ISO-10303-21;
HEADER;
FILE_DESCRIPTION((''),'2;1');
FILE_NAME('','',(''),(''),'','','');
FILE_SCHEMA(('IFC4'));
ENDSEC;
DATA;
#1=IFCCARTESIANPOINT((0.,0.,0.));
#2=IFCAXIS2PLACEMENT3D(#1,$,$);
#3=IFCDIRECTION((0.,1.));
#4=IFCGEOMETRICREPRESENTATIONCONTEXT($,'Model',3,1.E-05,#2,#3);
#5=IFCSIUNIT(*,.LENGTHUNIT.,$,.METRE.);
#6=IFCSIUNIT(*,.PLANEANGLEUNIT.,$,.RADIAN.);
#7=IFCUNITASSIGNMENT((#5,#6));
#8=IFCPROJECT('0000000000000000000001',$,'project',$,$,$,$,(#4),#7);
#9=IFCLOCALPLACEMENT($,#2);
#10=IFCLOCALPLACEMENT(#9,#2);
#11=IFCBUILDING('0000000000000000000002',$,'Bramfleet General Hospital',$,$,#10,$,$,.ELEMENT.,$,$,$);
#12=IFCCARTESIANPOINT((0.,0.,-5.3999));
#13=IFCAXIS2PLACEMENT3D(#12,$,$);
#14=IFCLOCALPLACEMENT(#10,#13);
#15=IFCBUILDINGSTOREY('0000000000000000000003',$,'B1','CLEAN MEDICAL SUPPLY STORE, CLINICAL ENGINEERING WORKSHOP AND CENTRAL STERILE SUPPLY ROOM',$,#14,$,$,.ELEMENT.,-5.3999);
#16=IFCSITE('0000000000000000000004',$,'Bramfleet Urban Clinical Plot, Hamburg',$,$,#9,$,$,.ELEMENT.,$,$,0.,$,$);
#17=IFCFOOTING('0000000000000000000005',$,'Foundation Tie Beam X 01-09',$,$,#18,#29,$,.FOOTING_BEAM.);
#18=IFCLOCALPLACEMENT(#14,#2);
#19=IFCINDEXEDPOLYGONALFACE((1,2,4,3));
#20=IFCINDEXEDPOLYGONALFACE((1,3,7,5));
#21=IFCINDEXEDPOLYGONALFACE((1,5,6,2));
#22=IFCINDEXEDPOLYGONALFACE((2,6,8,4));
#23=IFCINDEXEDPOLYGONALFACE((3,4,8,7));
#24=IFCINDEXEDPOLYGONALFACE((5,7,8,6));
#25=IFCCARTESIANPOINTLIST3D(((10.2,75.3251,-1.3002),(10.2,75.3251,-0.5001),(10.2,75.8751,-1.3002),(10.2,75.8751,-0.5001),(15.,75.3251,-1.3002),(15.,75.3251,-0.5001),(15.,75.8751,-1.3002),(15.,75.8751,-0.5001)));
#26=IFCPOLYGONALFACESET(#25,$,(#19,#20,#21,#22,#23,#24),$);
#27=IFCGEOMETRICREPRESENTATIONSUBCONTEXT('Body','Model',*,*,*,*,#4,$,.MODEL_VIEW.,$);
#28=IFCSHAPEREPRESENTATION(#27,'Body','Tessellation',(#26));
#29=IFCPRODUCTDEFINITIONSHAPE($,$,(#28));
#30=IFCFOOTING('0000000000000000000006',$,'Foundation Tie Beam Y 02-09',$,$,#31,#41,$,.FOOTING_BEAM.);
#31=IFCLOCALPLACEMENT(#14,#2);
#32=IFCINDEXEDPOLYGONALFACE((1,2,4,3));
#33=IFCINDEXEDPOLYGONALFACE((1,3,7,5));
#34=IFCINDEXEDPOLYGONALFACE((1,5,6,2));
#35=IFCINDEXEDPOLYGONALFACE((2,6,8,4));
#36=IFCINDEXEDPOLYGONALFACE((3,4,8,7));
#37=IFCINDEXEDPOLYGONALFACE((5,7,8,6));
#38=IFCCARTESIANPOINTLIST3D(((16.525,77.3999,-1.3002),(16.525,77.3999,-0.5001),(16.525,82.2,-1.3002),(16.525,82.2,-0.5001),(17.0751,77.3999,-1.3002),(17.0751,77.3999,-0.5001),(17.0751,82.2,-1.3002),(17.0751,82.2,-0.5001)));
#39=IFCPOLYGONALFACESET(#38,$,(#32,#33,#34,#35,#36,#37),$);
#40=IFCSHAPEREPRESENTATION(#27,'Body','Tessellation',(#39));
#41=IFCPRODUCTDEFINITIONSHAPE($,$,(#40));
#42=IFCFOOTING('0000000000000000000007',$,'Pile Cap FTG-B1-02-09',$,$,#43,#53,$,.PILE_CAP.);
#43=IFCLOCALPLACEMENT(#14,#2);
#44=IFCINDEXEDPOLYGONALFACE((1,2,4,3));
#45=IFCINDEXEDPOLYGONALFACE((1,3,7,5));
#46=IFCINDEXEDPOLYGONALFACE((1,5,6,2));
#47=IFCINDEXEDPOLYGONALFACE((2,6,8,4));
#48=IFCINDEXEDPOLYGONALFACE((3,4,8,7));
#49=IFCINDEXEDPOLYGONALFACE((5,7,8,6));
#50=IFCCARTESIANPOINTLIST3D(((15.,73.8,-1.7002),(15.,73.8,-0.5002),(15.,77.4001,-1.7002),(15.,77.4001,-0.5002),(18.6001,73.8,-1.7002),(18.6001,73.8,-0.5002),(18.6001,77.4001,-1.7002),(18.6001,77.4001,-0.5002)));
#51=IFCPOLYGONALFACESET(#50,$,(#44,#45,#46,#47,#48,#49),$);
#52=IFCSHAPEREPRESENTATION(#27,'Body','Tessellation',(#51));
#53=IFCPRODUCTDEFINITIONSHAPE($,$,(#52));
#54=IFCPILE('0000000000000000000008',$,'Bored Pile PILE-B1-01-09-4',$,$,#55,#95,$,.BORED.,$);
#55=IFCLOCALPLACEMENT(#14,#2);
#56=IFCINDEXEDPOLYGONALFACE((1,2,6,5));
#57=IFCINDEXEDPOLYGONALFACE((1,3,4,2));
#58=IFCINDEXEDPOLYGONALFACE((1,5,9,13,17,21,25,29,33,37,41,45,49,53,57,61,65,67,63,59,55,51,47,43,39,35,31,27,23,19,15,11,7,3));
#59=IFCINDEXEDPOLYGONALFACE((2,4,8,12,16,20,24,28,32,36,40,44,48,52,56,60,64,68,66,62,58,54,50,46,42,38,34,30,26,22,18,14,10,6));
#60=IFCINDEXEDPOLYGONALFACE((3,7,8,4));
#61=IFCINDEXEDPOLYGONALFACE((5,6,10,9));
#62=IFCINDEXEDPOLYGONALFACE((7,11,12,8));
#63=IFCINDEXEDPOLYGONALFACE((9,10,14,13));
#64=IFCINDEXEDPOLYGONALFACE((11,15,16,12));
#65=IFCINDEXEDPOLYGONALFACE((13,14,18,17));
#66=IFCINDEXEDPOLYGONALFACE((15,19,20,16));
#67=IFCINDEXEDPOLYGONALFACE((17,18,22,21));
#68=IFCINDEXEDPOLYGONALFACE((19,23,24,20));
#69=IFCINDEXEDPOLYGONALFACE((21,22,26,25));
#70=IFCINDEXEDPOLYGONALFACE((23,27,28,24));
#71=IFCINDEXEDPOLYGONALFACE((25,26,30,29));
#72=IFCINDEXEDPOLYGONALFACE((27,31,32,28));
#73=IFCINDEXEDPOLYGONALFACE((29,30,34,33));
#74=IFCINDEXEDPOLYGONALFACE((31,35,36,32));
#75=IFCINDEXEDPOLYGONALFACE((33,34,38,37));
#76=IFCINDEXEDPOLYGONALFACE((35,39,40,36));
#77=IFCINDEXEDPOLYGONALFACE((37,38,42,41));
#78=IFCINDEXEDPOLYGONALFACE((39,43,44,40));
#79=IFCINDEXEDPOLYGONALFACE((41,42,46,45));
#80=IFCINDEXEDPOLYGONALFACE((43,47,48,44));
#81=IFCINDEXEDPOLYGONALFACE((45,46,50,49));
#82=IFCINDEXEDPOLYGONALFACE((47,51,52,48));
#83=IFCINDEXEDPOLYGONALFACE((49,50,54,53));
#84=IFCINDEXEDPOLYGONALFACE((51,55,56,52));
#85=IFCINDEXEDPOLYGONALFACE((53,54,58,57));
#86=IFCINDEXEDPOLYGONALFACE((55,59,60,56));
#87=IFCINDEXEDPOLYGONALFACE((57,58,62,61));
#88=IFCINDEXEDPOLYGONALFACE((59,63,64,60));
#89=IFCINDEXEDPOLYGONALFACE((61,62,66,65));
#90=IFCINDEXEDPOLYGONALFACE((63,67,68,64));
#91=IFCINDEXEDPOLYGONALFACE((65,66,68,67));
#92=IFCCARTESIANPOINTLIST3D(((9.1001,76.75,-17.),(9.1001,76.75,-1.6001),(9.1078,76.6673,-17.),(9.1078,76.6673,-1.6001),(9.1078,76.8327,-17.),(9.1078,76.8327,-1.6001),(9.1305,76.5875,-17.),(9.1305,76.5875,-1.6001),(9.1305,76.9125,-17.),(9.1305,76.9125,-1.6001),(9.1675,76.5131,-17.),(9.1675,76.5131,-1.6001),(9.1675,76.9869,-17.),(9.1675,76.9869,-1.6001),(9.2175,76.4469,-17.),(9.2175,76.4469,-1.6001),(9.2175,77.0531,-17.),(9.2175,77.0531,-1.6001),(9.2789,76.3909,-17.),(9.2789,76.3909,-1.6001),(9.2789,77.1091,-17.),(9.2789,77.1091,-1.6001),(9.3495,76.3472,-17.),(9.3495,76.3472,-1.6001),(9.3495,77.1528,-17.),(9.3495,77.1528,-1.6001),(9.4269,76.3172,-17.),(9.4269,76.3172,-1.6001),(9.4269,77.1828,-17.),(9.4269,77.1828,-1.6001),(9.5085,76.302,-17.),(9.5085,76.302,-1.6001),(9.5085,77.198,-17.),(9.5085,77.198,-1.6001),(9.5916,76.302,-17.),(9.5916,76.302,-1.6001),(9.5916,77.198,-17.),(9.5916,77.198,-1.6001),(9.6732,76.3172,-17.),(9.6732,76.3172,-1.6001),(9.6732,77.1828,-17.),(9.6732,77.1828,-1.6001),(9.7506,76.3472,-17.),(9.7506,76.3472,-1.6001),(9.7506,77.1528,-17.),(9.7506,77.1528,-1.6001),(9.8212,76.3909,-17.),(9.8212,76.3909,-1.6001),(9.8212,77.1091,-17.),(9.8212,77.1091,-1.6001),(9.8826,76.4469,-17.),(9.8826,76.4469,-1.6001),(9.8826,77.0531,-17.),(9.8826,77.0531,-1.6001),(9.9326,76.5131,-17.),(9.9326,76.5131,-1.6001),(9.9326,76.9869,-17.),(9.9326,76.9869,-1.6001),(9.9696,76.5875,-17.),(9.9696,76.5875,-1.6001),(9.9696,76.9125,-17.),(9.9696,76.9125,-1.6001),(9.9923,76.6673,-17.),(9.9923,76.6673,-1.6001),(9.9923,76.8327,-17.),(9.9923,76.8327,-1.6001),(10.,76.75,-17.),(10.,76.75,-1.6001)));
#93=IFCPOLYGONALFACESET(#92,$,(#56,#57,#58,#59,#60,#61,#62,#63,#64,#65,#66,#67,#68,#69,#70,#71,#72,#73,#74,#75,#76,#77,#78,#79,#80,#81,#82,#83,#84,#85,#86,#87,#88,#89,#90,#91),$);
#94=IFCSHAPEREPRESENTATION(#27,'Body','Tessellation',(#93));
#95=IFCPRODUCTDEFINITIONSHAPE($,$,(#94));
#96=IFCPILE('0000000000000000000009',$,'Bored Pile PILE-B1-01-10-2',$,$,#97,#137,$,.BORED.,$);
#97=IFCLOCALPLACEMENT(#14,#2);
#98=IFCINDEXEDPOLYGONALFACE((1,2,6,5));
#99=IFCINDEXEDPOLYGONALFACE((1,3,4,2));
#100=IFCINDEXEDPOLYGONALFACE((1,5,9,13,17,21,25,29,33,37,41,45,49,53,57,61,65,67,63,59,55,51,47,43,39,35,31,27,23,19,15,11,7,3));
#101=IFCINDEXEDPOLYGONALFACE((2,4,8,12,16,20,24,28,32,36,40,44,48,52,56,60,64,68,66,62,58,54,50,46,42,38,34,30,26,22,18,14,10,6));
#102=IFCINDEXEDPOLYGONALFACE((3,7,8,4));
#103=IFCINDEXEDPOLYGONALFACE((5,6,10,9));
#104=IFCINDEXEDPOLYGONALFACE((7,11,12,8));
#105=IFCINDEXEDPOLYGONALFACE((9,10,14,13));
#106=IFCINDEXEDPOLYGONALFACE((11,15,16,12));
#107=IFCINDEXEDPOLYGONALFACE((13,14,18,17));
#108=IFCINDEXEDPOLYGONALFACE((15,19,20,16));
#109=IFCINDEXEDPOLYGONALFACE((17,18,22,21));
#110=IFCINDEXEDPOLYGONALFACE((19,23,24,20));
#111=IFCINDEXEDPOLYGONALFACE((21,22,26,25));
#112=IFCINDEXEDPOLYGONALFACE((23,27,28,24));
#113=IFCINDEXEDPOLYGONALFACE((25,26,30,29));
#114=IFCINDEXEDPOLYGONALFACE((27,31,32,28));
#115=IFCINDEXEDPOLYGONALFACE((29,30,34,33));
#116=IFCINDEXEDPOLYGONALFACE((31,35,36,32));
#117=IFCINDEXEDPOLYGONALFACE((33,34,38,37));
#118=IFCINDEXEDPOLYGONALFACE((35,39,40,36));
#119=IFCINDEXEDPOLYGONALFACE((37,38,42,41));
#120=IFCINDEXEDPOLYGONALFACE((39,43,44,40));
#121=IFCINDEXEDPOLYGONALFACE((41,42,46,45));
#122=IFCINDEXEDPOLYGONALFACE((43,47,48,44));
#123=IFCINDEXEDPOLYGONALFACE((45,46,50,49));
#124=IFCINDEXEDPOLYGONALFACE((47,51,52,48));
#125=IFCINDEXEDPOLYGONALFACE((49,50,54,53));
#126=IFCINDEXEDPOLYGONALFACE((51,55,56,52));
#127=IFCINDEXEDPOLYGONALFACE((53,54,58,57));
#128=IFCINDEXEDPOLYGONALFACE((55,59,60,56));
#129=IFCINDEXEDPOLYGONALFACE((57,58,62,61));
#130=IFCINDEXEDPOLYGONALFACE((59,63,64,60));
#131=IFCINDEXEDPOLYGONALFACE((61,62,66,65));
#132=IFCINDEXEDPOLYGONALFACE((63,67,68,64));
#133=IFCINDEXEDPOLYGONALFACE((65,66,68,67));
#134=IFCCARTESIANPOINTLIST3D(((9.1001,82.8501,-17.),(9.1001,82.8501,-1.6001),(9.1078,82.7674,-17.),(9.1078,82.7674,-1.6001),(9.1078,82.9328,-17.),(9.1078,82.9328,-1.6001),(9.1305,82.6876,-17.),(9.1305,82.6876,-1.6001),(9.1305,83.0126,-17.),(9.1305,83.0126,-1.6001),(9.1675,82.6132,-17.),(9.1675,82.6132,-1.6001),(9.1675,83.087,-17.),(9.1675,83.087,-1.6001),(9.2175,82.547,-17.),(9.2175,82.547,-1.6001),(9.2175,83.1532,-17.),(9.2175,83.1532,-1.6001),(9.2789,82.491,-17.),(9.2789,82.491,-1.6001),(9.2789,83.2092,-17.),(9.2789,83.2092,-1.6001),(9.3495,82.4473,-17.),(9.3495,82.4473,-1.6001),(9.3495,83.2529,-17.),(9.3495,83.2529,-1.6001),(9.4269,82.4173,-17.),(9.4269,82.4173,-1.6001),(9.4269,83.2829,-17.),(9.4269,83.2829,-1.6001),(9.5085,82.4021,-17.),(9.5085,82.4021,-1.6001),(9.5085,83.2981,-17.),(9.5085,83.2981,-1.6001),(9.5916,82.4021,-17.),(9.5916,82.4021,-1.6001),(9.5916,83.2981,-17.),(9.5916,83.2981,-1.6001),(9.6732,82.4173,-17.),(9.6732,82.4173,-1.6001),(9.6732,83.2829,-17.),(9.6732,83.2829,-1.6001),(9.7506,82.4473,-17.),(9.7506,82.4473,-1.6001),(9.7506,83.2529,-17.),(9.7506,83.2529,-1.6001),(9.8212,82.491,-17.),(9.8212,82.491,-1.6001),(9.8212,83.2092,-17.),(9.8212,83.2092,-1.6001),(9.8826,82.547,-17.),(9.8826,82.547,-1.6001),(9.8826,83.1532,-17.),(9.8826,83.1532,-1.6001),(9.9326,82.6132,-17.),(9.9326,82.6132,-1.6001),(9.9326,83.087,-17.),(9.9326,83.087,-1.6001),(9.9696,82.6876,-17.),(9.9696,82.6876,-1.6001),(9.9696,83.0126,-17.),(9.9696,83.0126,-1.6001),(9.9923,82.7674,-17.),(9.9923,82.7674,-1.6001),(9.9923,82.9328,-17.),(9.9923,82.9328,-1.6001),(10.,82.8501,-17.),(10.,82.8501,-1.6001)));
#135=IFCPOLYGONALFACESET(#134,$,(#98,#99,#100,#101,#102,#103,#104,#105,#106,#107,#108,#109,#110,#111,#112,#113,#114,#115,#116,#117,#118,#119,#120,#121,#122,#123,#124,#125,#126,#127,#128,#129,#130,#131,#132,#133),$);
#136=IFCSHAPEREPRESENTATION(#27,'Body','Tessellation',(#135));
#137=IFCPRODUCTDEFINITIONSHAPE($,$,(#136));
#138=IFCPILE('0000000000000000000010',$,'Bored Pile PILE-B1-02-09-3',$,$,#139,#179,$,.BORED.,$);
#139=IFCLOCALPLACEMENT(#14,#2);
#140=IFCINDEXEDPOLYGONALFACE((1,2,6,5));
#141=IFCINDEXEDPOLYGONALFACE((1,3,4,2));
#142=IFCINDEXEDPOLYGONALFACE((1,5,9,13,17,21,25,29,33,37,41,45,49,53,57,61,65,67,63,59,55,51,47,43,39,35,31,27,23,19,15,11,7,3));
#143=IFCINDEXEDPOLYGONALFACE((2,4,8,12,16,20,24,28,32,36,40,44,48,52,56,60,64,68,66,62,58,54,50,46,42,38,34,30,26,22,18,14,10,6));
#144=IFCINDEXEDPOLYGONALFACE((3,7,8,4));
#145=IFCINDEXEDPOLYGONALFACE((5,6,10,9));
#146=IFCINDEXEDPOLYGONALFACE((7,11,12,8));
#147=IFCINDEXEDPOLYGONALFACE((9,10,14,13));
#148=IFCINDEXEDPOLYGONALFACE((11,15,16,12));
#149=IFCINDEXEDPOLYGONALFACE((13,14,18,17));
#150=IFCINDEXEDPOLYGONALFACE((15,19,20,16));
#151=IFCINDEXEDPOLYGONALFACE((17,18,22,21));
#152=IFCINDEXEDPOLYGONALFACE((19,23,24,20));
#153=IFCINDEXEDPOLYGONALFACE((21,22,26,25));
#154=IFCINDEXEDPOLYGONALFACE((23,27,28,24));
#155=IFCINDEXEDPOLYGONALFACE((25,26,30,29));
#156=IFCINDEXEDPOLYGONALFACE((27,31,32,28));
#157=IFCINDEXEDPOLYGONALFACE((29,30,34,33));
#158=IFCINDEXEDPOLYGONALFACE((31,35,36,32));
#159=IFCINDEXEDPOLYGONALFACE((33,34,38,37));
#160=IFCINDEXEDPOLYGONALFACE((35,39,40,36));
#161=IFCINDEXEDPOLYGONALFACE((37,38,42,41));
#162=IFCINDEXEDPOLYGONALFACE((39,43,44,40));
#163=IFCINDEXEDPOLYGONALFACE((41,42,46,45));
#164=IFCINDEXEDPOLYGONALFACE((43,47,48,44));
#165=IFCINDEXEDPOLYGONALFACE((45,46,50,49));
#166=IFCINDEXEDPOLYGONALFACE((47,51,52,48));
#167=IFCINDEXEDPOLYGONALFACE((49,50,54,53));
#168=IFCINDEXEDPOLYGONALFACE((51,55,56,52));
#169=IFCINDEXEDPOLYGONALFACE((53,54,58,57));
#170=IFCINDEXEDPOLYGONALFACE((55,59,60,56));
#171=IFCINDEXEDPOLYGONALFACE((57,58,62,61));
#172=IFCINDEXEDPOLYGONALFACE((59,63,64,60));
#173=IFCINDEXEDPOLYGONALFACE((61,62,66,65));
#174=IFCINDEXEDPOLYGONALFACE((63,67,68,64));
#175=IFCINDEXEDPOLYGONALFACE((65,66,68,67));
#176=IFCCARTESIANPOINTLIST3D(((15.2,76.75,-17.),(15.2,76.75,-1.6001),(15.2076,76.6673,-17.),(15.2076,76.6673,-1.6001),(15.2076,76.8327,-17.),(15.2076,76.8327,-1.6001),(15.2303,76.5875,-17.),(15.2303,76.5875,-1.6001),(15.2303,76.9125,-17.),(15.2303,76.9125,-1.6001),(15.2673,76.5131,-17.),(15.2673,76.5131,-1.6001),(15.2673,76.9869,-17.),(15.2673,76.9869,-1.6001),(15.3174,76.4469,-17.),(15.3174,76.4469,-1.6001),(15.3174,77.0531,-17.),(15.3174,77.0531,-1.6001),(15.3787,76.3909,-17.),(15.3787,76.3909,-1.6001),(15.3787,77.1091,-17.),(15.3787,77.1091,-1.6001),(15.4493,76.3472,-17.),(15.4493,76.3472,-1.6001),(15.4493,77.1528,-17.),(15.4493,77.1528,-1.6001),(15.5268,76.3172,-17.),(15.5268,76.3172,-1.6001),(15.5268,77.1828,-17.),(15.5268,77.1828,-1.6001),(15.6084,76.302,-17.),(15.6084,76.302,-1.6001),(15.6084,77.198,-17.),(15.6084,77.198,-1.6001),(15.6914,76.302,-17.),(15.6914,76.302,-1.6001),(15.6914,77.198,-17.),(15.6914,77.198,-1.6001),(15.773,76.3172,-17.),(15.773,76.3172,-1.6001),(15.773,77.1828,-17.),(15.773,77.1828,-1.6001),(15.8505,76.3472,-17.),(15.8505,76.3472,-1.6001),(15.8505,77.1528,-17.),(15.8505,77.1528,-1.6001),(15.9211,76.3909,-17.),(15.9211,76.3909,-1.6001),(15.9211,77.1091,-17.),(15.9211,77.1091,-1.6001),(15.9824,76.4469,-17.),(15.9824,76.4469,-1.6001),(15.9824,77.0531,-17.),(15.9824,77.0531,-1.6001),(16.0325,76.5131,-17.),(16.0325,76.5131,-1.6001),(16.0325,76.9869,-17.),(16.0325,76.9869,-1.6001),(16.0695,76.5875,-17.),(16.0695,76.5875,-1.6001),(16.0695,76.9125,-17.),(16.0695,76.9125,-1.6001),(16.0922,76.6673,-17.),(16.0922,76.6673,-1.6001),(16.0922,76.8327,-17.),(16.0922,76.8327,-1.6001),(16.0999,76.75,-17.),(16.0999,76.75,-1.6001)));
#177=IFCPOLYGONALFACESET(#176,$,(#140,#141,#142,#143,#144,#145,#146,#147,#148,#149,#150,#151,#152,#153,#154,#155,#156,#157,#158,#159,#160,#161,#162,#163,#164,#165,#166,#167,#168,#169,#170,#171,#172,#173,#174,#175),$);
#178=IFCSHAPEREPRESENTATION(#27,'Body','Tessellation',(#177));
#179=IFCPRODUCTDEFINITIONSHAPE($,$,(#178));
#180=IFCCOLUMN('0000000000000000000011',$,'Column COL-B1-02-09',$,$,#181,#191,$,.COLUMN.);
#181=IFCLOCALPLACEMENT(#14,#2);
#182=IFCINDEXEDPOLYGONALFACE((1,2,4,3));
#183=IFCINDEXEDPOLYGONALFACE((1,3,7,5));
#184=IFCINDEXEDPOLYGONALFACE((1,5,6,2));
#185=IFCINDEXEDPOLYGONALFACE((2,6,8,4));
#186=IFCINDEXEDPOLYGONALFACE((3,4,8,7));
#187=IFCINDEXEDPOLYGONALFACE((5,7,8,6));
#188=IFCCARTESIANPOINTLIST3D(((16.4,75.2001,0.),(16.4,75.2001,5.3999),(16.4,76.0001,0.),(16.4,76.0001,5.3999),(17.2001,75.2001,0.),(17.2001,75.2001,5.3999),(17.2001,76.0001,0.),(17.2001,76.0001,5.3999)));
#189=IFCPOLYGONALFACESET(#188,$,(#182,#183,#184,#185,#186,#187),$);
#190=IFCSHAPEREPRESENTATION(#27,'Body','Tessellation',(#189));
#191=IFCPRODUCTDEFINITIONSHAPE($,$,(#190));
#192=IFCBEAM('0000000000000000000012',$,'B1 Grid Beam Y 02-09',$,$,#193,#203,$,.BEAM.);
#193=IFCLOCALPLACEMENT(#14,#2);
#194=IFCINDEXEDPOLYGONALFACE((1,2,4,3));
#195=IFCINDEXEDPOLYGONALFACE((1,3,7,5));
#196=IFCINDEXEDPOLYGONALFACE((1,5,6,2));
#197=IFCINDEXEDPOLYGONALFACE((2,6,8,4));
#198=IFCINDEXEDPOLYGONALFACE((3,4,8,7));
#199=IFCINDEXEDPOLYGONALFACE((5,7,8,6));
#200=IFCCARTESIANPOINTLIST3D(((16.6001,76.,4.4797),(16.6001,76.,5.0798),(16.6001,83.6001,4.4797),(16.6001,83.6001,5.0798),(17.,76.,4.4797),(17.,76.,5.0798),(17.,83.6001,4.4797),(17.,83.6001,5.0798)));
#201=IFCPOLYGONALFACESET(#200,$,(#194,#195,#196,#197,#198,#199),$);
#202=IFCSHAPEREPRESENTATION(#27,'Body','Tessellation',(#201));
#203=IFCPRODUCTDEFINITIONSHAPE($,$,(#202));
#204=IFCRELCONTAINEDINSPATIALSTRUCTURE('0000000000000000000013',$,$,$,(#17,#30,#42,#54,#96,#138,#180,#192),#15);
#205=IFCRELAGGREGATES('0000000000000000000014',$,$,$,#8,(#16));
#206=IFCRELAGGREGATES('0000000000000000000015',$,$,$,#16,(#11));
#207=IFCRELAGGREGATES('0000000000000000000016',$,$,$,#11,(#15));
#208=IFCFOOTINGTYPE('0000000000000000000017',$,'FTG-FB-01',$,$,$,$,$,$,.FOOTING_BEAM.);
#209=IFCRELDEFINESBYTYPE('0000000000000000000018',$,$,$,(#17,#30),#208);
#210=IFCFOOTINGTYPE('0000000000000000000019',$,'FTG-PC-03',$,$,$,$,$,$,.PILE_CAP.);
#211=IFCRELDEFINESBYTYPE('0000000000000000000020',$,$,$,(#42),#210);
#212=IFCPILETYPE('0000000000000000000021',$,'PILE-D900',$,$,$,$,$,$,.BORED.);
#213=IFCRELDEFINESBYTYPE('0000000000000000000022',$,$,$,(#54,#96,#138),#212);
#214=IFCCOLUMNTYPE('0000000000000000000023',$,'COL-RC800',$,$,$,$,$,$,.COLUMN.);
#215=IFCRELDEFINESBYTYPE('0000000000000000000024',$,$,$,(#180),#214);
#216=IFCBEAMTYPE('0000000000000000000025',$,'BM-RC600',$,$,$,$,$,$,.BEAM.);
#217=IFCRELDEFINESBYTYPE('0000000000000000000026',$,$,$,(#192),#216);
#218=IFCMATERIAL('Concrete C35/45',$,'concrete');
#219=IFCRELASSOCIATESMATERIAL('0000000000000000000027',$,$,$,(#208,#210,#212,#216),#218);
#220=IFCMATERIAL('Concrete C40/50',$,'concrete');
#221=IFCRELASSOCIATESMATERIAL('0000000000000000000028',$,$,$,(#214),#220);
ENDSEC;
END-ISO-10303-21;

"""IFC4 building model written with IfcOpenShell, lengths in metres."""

from ifc_helpers import new_model, si_unit, direction, frame, origin, origin_2d, place, context, subcontext, project, spatial, rectangle, circle, extrude, material, material_profile, profile_set, type_object, element, save


model = new_model("IFC4")

# Units and contexts
model_context = context("Model", 3, precision=1e-05, world=origin(), true_north=direction((0.0, 1.0)))
body_context = subcontext(model_context, "Body", "Model", "MODEL_VIEW")
ifc_project = project(units=[si_unit("LENGTHUNIT", "METRE"), si_unit("PLANEANGLEUNIT", "RADIAN")], contexts=[model_context])

# Site, building, storey
site_placement = place(None, origin())
site = spatial("IfcSite", under=ifc_project, at=site_placement, Name="Bramfleet Urban Clinical Plot, Hamburg", CompositionType="ELEMENT", RefElevation=0.0)
building_placement = place(site_placement, origin())
building = spatial("IfcBuilding", under=site, at=building_placement, Name="Bramfleet General Hospital", CompositionType="ELEMENT")
storey_placement = place(building_placement, frame((0.0, 0.0, -5.3999)))
storey = spatial("IfcBuildingStorey", under=building, at=storey_placement, Name="B1", Description="CLEAN MEDICAL SUPPLY STORE, CLINICAL ENGINEERING WORKSHOP AND CENTRAL STERILE SUPPLY ROOM", CompositionType="ELEMENT", Elevation=-5.3999)

# Footings
ifc_material_1 = material(Name="Concrete C35/45", Category="concrete")
ifc_material_profile_1 = material_profile(ifc_material_1, rectangle(XDim=0.55, YDim=0.8, at=origin_2d()), Name="RC FB 800x550")
ifc_profile_set_1 = profile_set([ifc_material_profile_1], Name="Concrete C35/45")
footing_type_1 = type_object("IfcFootingType", Name="FTG-FB-01", PredefinedType="FOOTING_BEAM", material=ifc_profile_set_1)
for number, where, z_axis, x_axis, name in (
    (1, (10.2, 75.6001, -0.9001), (1.0, 0.0, 0.0), (0.0, 1.0, 0.0), "Foundation Tie Beam X 01-09"),
    (2, (16.8, 77.3999, -0.9001), (0.0, 1.0, 0.0), (-1.0, 0.0, 0.0), "Foundation Tie Beam Y 02-09"),
):
    element("IfcFooting", number, at=place(storey_placement, frame(where, z_axis=z_axis, x_axis=x_axis)), inside=storey, type_object=footing_type_1, Name=name, PredefinedType="FOOTING_BEAM", context=body_context, shape_type="SweptSolid", body=[
        extrude(rectangle(XDim=0.55, YDim=0.8, at=origin_2d()), origin(), (0.0, 0.0, 1.0), 4.8),
    ])
footing_type_2 = type_object("IfcFootingType", Name="FTG-PC-03", PredefinedType="PILE_CAP", material=ifc_material_1)
footing_placement = place(storey_placement, frame((16.8, 75.6001, -1.7002), z_axis=(0.0, 0.0, 1.0), x_axis=(1.0, 0.0, 0.0)))
element("IfcFooting", 3, at=footing_placement, inside=storey, type_object=footing_type_2, Name="Pile Cap FTG-B1-02-09", PredefinedType="PILE_CAP", context=body_context, shape_type="SweptSolid", body=[
    extrude(rectangle(XDim=3.6001, YDim=3.6001, at=origin_2d()), origin(), (0.0, 0.0, 1.0), 1.2),
])

# Piles
ifc_material_profile_2 = material_profile(ifc_material_1, circle(Radius=0.45, at=origin_2d()), Name="PILE BORED D900")
ifc_profile_set_2 = profile_set([ifc_material_profile_2], Name="Concrete C35/45")
pile_type = type_object("IfcPileType", Name="PILE-D900", PredefinedType="BORED", material=ifc_profile_set_2)
for number, where, z_axis, x_axis, name in (
    (4, (9.55, 76.75, -1.6001), (0.0, 0.0, -1.0), (1.0, 0.0, 0.0), "Bored Pile PILE-B1-01-09-4"),
    (5, (9.55, 82.8501, -1.6001), (0.0, 0.0, -1.0), (1.0, 0.0, 0.0), "Bored Pile PILE-B1-01-10-2"),
    (6, (15.6499, 76.75, -1.6001), (0.0, 0.0, -1.0), (1.0, 0.0, 0.0), "Bored Pile PILE-B1-02-09-3"),
):
    element("IfcPile", number, at=place(storey_placement, frame(where, z_axis=z_axis, x_axis=x_axis)), inside=storey, type_object=pile_type, Name=name, PredefinedType="BORED", context=body_context, shape_type="SweptSolid", body=[
        extrude(circle(Radius=0.45, at=origin_2d()), origin(), (0.0, 0.0, 1.0), 15.3999),
    ])

# Column
ifc_material_2 = material(Name="Concrete C40/50", Category="concrete")
ifc_material_profile_3 = material_profile(ifc_material_2, rectangle(XDim=0.8, YDim=0.8, at=origin_2d()), Name="RC COL 800x800")
ifc_profile_set_3 = profile_set([ifc_material_profile_3], Name="Concrete C40/50")
column_type = type_object("IfcColumnType", Name="COL-RC800", PredefinedType="COLUMN", material=ifc_profile_set_3)
column_placement = place(storey_placement, frame((16.8, 75.6001, 0.0), z_axis=(0.0, 0.0, 1.0), x_axis=(1.0, 0.0, 0.0)))
element("IfcColumn", 7, at=column_placement, inside=storey, type_object=column_type, Name="Column COL-B1-02-09", PredefinedType="COLUMN", context=body_context, shape_type="SweptSolid", body=[
    extrude(rectangle(XDim=0.8, YDim=0.8, at=origin_2d()), origin(), (0.0, 0.0, 1.0), 5.3999),
])

# Beam
ifc_material_profile_4 = material_profile(ifc_material_1, rectangle(XDim=0.3999, YDim=0.6001, at=origin_2d()), Name="RC BM 600x400")
ifc_profile_set_4 = profile_set([ifc_material_profile_4], Name="Concrete C35/45")
beam_type_1 = type_object("IfcBeamType", Name="BM-RC600", PredefinedType="BEAM", material=ifc_profile_set_4)
beam_1_placement = place(storey_placement, frame((16.8, 76.0, 4.7798), z_axis=(0.0, 1.0, 0.0), x_axis=(-1.0, 0.0, 0.0)))
element("IfcBeam", 8, at=beam_1_placement, inside=storey, type_object=beam_type_1, Name="B1 Grid Beam Y 02-09", PredefinedType="BEAM", context=body_context, shape_type="SweptSolid", body=[
    extrude(rectangle(XDim=0.3999, YDim=0.6001, at=origin_2d()), origin(), (0.0, 0.0, 1.0), 7.6001),
])

save(model, "model.ifc")
